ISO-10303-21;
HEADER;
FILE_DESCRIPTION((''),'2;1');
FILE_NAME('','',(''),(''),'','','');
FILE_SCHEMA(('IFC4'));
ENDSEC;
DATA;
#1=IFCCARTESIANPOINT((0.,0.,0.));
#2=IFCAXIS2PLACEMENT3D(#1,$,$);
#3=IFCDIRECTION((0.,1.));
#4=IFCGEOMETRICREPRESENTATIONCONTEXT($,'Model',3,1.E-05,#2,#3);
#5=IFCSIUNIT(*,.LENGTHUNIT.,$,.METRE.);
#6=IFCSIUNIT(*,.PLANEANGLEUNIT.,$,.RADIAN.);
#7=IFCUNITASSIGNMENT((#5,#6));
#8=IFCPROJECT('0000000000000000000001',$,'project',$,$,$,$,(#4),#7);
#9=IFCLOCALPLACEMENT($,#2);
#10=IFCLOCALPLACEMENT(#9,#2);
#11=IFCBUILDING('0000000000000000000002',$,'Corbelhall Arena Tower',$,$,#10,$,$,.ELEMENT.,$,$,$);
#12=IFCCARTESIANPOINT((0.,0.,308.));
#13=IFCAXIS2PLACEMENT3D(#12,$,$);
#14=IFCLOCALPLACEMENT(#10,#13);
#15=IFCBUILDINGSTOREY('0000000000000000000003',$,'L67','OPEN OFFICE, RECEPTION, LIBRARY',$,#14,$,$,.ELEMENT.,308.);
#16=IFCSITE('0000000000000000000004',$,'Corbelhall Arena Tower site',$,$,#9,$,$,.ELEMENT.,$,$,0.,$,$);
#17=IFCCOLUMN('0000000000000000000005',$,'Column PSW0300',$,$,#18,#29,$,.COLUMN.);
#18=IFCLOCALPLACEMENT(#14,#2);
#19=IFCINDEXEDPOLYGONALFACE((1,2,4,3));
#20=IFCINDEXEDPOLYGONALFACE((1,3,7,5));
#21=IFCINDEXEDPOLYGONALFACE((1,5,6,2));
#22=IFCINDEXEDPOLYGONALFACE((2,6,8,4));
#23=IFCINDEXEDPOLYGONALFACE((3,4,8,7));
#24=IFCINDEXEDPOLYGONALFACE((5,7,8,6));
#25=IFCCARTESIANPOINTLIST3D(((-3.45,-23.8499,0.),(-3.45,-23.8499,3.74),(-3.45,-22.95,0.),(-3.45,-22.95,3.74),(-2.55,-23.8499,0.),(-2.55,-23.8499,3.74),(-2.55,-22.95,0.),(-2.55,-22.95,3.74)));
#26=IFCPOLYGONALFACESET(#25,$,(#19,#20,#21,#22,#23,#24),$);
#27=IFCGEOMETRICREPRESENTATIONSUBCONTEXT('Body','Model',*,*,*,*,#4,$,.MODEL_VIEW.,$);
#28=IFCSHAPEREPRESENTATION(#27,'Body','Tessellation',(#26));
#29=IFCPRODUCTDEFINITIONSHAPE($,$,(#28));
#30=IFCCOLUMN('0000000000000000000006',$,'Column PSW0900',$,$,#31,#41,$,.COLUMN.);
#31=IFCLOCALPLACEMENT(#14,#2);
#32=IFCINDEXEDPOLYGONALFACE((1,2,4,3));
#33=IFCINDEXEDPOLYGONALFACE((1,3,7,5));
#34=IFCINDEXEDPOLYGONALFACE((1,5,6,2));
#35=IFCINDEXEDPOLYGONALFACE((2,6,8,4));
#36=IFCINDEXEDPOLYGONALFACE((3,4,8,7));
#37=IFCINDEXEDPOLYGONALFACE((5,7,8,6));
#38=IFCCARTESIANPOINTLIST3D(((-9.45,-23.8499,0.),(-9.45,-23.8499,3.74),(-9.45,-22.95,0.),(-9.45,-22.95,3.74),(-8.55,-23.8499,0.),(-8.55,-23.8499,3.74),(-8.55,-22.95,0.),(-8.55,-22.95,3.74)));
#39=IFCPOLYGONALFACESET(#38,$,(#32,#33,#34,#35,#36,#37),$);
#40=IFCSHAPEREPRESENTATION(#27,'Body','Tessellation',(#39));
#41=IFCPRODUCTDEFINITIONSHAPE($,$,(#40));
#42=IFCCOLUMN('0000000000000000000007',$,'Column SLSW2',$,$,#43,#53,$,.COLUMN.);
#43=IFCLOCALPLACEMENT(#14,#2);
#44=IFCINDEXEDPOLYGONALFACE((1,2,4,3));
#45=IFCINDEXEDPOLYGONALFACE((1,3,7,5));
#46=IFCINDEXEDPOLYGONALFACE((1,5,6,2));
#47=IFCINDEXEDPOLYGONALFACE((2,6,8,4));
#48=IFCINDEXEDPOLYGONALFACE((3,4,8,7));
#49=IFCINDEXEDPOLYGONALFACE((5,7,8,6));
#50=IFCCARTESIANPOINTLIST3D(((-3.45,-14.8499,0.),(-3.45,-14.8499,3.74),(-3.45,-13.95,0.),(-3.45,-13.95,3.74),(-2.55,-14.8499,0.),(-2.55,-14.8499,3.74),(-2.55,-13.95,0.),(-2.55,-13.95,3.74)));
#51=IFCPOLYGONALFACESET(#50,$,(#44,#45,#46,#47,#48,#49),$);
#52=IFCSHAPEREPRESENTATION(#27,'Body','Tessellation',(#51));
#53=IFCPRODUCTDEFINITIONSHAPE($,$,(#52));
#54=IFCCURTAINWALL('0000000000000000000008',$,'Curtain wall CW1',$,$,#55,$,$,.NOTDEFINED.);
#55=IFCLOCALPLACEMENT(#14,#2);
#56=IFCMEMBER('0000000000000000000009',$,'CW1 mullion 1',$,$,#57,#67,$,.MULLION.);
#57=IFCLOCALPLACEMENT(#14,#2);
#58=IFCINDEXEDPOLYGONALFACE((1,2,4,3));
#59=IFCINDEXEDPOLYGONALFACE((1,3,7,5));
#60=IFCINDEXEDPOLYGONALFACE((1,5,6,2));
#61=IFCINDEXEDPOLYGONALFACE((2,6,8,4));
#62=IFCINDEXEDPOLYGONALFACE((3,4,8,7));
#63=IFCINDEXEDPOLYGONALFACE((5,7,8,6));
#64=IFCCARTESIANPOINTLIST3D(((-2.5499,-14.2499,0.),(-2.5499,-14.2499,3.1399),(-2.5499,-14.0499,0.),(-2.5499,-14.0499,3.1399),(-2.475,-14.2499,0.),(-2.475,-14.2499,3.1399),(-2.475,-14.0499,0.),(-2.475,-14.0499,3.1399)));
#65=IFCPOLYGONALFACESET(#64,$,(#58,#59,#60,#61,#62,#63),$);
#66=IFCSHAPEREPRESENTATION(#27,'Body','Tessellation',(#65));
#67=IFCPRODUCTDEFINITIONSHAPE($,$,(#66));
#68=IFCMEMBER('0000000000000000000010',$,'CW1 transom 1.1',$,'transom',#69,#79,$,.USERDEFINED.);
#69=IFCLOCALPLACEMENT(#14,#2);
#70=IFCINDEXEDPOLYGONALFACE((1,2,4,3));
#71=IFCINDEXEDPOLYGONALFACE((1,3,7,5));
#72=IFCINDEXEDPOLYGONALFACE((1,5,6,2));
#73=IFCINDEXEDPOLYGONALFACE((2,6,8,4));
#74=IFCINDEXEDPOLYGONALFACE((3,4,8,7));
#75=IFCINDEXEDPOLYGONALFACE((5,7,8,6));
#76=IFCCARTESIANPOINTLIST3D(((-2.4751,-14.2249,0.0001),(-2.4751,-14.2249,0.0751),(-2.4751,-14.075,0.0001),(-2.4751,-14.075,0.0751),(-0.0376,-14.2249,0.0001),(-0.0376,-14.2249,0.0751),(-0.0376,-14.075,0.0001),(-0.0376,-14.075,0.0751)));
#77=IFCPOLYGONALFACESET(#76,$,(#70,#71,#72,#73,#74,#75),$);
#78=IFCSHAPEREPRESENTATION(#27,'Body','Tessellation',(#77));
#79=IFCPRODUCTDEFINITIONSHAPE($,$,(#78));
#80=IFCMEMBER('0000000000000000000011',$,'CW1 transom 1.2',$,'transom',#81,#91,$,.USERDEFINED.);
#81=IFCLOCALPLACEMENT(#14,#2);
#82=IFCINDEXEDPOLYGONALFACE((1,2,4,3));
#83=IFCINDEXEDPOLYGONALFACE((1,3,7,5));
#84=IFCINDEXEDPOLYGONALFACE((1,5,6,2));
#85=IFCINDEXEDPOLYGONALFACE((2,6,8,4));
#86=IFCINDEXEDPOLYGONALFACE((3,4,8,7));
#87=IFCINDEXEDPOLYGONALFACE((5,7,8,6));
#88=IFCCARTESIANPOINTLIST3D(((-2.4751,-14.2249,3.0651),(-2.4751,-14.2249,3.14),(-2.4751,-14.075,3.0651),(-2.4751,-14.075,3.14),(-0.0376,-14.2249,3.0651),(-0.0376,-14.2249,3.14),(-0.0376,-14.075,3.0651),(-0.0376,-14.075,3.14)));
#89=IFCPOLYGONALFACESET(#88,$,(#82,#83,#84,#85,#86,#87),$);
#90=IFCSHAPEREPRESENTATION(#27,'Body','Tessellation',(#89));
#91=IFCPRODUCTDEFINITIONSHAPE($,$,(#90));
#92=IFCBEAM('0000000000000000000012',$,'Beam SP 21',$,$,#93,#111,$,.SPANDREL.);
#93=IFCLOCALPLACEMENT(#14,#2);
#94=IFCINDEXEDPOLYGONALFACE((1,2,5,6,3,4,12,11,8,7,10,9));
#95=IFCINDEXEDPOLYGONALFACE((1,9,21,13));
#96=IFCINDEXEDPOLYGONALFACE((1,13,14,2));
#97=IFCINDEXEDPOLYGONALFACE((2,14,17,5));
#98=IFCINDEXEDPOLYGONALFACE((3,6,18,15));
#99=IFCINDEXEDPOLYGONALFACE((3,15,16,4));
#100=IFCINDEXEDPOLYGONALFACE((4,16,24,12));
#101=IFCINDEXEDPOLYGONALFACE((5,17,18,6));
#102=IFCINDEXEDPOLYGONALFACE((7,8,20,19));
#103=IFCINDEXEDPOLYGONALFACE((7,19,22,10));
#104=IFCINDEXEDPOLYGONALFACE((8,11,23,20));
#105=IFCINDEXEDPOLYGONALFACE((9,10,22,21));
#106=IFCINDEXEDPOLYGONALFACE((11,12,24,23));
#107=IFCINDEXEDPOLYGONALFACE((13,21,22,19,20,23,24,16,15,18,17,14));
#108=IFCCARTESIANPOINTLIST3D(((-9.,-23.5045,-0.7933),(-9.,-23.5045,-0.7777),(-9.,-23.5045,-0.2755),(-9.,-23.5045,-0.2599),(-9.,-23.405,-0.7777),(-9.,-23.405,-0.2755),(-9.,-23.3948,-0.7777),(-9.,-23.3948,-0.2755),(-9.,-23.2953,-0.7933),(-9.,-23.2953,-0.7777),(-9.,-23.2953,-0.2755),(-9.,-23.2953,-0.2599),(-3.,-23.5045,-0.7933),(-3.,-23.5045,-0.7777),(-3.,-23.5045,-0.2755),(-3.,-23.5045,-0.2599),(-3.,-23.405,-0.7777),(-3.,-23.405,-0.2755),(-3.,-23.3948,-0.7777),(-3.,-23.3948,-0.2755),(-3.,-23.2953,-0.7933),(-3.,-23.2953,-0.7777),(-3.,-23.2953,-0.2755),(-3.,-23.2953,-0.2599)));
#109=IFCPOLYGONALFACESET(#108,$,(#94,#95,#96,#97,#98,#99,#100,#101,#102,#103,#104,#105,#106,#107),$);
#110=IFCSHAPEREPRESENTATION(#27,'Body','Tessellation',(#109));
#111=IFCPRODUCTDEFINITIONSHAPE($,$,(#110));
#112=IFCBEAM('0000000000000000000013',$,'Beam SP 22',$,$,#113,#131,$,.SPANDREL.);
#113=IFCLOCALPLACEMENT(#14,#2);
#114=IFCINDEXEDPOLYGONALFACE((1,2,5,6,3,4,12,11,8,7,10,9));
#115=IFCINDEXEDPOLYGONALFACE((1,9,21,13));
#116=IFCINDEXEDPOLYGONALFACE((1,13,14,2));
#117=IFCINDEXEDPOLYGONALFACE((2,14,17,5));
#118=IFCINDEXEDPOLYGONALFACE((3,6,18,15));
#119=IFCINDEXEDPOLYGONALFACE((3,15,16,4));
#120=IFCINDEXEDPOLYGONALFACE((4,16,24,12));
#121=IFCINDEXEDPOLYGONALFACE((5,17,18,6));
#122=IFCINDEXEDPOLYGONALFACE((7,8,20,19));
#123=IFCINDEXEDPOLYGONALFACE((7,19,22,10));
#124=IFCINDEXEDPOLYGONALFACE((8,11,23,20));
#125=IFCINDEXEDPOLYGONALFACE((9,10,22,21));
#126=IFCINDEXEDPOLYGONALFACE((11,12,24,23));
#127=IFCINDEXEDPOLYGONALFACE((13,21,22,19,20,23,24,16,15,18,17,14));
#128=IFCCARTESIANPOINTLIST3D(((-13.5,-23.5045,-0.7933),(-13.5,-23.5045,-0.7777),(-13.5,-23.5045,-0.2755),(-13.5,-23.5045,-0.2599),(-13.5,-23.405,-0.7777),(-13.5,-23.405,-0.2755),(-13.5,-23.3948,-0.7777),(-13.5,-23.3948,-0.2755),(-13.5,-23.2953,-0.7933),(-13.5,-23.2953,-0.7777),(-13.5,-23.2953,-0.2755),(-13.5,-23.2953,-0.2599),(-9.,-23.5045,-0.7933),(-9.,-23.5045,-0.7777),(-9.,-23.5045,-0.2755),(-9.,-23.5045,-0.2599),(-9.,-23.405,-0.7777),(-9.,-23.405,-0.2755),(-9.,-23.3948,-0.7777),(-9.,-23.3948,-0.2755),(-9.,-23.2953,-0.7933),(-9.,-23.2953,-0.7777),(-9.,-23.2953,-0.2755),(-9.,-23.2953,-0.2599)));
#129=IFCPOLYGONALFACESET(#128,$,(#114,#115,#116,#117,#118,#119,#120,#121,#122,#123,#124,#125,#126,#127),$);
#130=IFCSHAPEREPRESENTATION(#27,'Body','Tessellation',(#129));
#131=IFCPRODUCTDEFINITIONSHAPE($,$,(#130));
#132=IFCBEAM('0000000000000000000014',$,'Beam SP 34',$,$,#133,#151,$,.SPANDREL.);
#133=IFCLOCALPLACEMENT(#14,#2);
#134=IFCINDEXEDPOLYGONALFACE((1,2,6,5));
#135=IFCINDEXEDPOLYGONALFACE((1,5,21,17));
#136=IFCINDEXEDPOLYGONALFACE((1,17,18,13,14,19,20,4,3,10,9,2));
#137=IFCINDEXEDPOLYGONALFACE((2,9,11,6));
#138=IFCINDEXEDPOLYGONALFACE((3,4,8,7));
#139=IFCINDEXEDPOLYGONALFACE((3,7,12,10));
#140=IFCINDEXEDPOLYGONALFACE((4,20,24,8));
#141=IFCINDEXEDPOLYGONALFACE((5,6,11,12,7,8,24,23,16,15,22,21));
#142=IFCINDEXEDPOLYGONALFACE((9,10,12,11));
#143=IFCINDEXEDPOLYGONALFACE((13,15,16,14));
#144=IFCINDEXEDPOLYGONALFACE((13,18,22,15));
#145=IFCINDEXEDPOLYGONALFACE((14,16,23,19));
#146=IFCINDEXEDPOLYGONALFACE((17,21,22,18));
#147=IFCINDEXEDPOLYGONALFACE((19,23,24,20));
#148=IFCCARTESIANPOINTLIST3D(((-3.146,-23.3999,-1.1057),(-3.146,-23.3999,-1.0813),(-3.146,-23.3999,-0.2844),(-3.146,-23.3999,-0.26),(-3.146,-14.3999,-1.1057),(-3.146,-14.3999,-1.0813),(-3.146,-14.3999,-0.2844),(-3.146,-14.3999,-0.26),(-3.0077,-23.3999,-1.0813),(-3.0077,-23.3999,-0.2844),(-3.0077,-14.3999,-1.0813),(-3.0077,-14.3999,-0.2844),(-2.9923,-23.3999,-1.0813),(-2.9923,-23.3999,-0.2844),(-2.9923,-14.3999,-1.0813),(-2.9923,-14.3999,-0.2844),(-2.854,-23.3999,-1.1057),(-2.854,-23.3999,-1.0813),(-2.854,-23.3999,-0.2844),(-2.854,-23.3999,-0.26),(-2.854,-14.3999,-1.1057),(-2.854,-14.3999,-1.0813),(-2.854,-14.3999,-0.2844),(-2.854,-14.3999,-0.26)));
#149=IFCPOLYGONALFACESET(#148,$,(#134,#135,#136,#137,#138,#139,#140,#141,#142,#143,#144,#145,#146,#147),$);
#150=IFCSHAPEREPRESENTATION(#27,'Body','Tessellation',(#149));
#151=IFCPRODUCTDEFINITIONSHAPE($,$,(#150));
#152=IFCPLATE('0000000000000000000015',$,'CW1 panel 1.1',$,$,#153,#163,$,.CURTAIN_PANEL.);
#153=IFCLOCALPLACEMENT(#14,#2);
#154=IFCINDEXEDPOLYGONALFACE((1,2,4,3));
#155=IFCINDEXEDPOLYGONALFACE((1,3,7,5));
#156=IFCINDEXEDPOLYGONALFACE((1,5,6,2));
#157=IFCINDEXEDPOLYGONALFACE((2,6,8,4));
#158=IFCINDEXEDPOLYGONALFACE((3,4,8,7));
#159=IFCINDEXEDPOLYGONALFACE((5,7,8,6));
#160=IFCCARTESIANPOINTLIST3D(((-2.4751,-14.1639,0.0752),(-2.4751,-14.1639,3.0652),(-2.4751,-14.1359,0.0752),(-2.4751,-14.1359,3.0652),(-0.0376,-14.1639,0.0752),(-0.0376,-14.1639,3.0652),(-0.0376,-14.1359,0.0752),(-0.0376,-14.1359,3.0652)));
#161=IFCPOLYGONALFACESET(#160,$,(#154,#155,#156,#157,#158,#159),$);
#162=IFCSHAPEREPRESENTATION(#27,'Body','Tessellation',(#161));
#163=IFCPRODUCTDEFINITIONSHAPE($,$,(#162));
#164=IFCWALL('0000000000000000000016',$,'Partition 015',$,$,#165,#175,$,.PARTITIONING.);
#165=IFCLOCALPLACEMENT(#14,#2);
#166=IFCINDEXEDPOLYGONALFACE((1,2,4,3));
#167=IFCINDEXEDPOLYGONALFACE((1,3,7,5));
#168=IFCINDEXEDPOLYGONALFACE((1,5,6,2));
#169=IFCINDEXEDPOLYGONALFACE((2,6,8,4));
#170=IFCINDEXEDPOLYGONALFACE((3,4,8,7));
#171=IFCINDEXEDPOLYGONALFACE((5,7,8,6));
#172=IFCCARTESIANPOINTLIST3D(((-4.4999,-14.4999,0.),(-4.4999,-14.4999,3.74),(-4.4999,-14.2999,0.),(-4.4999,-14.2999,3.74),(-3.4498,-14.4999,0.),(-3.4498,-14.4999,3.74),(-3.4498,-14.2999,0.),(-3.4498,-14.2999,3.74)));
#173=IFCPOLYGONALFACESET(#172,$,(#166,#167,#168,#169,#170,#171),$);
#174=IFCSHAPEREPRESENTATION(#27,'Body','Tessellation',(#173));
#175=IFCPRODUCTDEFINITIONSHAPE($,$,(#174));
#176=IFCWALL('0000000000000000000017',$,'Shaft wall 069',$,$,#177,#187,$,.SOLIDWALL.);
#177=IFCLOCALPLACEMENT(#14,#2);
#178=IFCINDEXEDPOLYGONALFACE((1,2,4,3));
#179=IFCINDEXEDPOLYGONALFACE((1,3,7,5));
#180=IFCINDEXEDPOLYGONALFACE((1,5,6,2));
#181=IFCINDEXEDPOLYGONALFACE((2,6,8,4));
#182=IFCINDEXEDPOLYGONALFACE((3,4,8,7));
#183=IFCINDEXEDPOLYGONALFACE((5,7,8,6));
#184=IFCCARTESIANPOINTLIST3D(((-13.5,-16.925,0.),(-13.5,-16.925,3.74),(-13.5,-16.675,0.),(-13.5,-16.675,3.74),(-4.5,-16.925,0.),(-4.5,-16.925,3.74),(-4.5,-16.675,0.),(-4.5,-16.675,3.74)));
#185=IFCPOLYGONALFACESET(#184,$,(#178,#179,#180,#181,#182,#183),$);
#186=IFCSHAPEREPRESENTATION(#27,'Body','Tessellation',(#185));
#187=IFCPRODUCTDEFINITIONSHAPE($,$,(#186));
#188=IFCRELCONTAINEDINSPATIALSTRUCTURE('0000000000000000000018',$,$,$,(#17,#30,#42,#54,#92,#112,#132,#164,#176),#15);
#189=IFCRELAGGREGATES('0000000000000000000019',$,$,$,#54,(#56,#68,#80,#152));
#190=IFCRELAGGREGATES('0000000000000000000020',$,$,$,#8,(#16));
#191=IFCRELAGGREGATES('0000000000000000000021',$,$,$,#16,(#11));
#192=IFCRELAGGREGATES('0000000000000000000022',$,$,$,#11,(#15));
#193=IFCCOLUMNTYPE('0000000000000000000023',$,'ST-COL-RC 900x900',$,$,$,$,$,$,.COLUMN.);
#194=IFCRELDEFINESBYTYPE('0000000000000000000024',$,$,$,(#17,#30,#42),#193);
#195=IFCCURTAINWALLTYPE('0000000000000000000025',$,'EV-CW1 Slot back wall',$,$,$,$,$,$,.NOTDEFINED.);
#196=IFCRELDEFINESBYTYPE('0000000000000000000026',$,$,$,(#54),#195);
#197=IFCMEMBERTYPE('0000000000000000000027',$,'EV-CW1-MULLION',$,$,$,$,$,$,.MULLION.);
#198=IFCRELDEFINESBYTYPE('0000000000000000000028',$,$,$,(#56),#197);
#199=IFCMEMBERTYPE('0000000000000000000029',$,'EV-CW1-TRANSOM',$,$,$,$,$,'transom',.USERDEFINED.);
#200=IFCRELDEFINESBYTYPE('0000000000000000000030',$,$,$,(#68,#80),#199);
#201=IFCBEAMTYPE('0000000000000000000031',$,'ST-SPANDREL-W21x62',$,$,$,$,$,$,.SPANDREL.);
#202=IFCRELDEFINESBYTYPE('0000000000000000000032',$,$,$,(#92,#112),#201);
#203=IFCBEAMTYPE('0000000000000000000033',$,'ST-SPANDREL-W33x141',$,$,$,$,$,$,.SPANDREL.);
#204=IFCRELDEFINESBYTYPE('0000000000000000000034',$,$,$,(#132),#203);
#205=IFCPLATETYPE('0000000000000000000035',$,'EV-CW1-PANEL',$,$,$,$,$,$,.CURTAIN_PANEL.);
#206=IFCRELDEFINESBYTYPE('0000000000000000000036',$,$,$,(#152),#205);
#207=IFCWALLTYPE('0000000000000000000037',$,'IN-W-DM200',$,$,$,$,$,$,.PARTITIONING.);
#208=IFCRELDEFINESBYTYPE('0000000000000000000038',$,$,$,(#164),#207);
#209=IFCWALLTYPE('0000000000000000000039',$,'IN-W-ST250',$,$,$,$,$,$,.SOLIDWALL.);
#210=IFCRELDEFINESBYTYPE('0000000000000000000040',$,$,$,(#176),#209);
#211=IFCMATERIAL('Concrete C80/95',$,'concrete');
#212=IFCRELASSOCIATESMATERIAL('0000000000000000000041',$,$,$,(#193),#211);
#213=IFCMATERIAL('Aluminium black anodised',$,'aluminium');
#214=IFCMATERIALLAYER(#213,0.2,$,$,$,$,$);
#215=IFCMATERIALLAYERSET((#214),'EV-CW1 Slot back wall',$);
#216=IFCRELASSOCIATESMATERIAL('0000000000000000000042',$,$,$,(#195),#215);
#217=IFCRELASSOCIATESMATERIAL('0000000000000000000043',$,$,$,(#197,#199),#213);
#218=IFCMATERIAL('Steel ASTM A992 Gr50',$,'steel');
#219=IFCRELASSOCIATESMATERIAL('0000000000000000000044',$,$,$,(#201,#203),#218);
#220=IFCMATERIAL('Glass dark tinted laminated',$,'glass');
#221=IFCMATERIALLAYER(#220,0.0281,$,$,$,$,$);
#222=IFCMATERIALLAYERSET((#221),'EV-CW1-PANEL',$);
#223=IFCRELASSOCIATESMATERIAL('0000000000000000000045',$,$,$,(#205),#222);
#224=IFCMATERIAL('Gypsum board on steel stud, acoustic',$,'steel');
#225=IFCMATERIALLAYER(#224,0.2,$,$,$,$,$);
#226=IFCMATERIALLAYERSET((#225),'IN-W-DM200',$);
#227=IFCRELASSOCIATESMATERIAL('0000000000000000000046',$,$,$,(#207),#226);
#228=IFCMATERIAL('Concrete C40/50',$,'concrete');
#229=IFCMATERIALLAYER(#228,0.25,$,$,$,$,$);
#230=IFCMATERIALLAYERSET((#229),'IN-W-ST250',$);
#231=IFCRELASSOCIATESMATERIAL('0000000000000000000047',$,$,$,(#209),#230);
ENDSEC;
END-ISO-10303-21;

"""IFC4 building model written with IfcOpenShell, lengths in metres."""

from ifc_helpers import new_model, si_unit, direction, frame, frame_2d, origin, origin_2d, place, context, subcontext, project, spatial, rectangle, i_section, extrude, material, layer, layer_set, material_profile, profile_set, type_object, element, aggregate, save


model = new_model("IFC4")

# Units and contexts
model_context = context("Model", 3, precision=1e-05, world=origin(), true_north=direction((0.0, 1.0)))
body_context = subcontext(model_context, "Body", "Model", "MODEL_VIEW")
ifc_project = project(units=[si_unit("LENGTHUNIT", "METRE"), si_unit("PLANEANGLEUNIT", "RADIAN")], contexts=[model_context])

# Site, building, storey
site_placement = place(None, origin())
site = spatial("IfcSite", under=ifc_project, at=site_placement, Name="Corbelhall Arena Tower site", CompositionType="ELEMENT", RefElevation=0.0)
building_placement = place(site_placement, origin())
building = spatial("IfcBuilding", under=site, at=building_placement, Name="Corbelhall Arena Tower", CompositionType="ELEMENT")
storey_placement = place(building_placement, frame((0.0, 0.0, 308.0)))
storey = spatial("IfcBuildingStorey", under=building, at=storey_placement, Name="L67", Description="OPEN OFFICE, RECEPTION, LIBRARY", CompositionType="ELEMENT", Elevation=308.0)

# Columns
ifc_material_1 = material(Name="Concrete C80/95", Category="concrete")
ifc_material_profile_1 = material_profile(ifc_material_1, rectangle(XDim=0.8999, YDim=0.8999, at=origin_2d()))
ifc_profile_set_1 = profile_set([ifc_material_profile_1], Name="Concrete C80/95")
column_type = type_object("IfcColumnType", Name="ST-COL-RC 900x900", PredefinedType="COLUMN", material=ifc_profile_set_1)
for number, where, z_axis, x_axis, name in (
    (1, (-3.0, -23.3999, 0.0), (0.0, 0.0, 1.0), (1.0, 0.0, 0.0), "Column PSW0300"),
    (2, (-9.0, -23.3999, 0.0), (0.0, 0.0, 1.0), (1.0, 0.0, 0.0), "Column PSW0900"),
    (3, (-3.0, -14.3999, 0.0), (0.0, 0.0, 1.0), (1.0, 0.0, 0.0), "Column SLSW2"),
):
    element("IfcColumn", number, at=place(storey_placement, frame(where, z_axis=z_axis, x_axis=x_axis)), inside=storey, type_object=column_type, Name=name, PredefinedType="COLUMN", context=body_context, shape_type="SweptSolid", body=[
        extrude(rectangle(XDim=0.8999, YDim=0.8999, at=origin_2d()), origin(), (0.0, 0.0, 1.0), 3.74),
    ])

# Curtain wall, members
ifc_material_2 = material(Name="Aluminium black anodised", Category="aluminium")
ifc_layer_1 = layer(ifc_material_2, 0.2)
ifc_layer_set_1 = layer_set([ifc_layer_1], Name="EV-CW1 Slot back wall")
curtain_wall_type = type_object("IfcCurtainWallType", Name="EV-CW1 Slot back wall", PredefinedType="NOTDEFINED", material=ifc_layer_set_1)
curtain_wall_placement = place(storey_placement, origin())
curtain_wall = element("IfcCurtainWall", 4, at=curtain_wall_placement, inside=storey, type_object=curtain_wall_type, Name="Curtain wall CW1", PredefinedType="NOTDEFINED")
ifc_material_profile_2 = material_profile(ifc_material_2, rectangle(XDim=0.2, YDim=0.075, at=origin_2d()))
ifc_profile_set_2 = profile_set([ifc_material_profile_2], Name="Aluminium black anodised")
member_type_1 = type_object("IfcMemberType", Name="EV-CW1-MULLION", PredefinedType="MULLION", material=ifc_profile_set_2)
member_1_placement = place(storey_placement, frame((-2.5125, -14.1499, 0.0), z_axis=(0.0, 0.0, 1.0), x_axis=(0.0, 1.0, 0.0)))
member_1 = element("IfcMember", 5, at=member_1_placement, type_object=member_type_1, Name="CW1 mullion 1", PredefinedType="MULLION", context=body_context, shape_type="SweptSolid", body=[
    extrude(rectangle(XDim=0.2, YDim=0.075, at=origin_2d()), origin(), (0.0, 0.0, 1.0), 3.1399),
])
ifc_material_profile_3 = material_profile(ifc_material_2, rectangle(XDim=0.1499, YDim=0.075, at=origin_2d()))
ifc_profile_set_3 = profile_set([ifc_material_profile_3], Name="Aluminium black anodised")
member_type_2 = type_object("IfcMemberType", Name="EV-CW1-TRANSOM", ElementType="transom", PredefinedType="USERDEFINED", material=ifc_profile_set_3)
member_2_placement = place(storey_placement, frame((-2.4751, -14.1499, 0.0376), z_axis=(1.0, 0.0, 0.0), x_axis=(0.0, 1.0, 0.0)))
member_2 = element("IfcMember", 6, at=member_2_placement, type_object=member_type_2, Name="CW1 transom 1.1", ObjectType="transom", PredefinedType="USERDEFINED", context=body_context, shape_type="SweptSolid", body=[
    extrude(rectangle(XDim=0.1499, YDim=0.075, at=origin_2d()), origin(), (0.0, 0.0, 1.0), 2.4375),
])
member_3_placement = place(storey_placement, frame((-2.4751, -14.1499, 3.1025), z_axis=(1.0, 0.0, 0.0), x_axis=(0.0, 1.0, 0.0)))
member_3 = element("IfcMember", 7, at=member_3_placement, type_object=member_type_2, Name="CW1 transom 1.2", ObjectType="transom", PredefinedType="USERDEFINED", context=body_context, shape_type="SweptSolid", body=[
    extrude(rectangle(XDim=0.1499, YDim=0.075, at=origin_2d()), origin(), (0.0, 0.0, 1.0), 2.4375),
])

# Beams
ifc_material_3 = material(Name="Steel ASTM A992 Gr50", Category="steel")
ifc_material_profile_4 = material_profile(ifc_material_3, i_section(OverallWidth=0.2092, OverallDepth=0.5334, WebThickness=0.0103, FlangeThickness=0.0156, at=origin_2d()))
ifc_profile_set_4 = profile_set([ifc_material_profile_4], Name="Steel ASTM A992 Gr50")
beam_type_1 = type_object("IfcBeamType", Name="ST-SPANDREL-W21x62", PredefinedType="SPANDREL", material=ifc_profile_set_4)
beam_1_placement = place(storey_placement, frame((-3.0, -23.3999, -0.5266), z_axis=(-1.0, 0.0, 0.0), x_axis=(0.0, -1.0, 0.0)))
element("IfcBeam", 8, at=beam_1_placement, inside=storey, type_object=beam_type_1, Name="Beam SP 21", PredefinedType="SPANDREL", context=body_context, shape_type="SweptSolid", body=[
    extrude(i_section(OverallWidth=0.2092, OverallDepth=0.5334, WebThickness=0.0103, FlangeThickness=0.0156, at=origin_2d()), origin(), (0.0, 0.0, 1.0), 6.0),
])
beam_2_placement = place(storey_placement, frame((-9.0, -23.3999, -0.5266), z_axis=(-1.0, 0.0, 0.0), x_axis=(0.0, -1.0, 0.0)))
element("IfcBeam", 9, at=beam_2_placement, inside=storey, type_object=beam_type_1, Name="Beam SP 22", PredefinedType="SPANDREL", context=body_context, shape_type="SweptSolid", body=[
    extrude(i_section(OverallWidth=0.2092, OverallDepth=0.5334, WebThickness=0.0103, FlangeThickness=0.0156, at=origin_2d()), origin(), (0.0, 0.0, 1.0), 4.5),
])
ifc_material_profile_5 = material_profile(ifc_material_3, i_section(OverallWidth=0.292, OverallDepth=0.8457, WebThickness=0.0154, FlangeThickness=0.0244, at=origin_2d()))
ifc_profile_set_5 = profile_set([ifc_material_profile_5], Name="Steel ASTM A992 Gr50")
beam_type_2 = type_object("IfcBeamType", Name="ST-SPANDREL-W33x141", PredefinedType="SPANDREL", material=ifc_profile_set_5)
beam_3_placement = place(storey_placement, frame((-3.0, -14.3999, -0.6829), z_axis=(0.0, -1.0, 0.0), x_axis=(1.0, 0.0, 0.0)))
element("IfcBeam", 10, at=beam_3_placement, inside=storey, type_object=beam_type_2, Name="Beam SP 34", PredefinedType="SPANDREL", context=body_context, shape_type="SweptSolid", body=[
    extrude(i_section(OverallWidth=0.292, OverallDepth=0.8457, WebThickness=0.0154, FlangeThickness=0.0244, at=origin_2d()), origin(), (0.0, 0.0, 1.0), 9.0),
])

# Plate
ifc_material_4 = material(Name="Glass dark tinted laminated", Category="glass")
ifc_layer_2 = layer(ifc_material_4, 0.0281)
ifc_layer_set_2 = layer_set([ifc_layer_2], Name="EV-CW1-PANEL")
plate_type = type_object("IfcPlateType", Name="EV-CW1-PANEL", PredefinedType="CURTAIN_PANEL", material=ifc_layer_set_2)
plate_placement = place(storey_placement, frame((-1.2563, -14.1499, 0.0752), z_axis=(0.0, 0.0, 1.0), x_axis=(1.0, 0.0, 0.0)))
plate = element("IfcPlate", 11, at=plate_placement, type_object=plate_type, Name="CW1 panel 1.1", PredefinedType="CURTAIN_PANEL", context=body_context, shape_type="SweptSolid", body=[
    extrude(rectangle(XDim=2.4375, YDim=0.0281, at=origin_2d()), origin(), (0.0, 0.0, 1.0), 2.99),
])
aggregate(curtain_wall, [member_1, member_2, member_3, plate])

# Shared definitions
ifc_material_5 = material(Name="Gypsum board on steel stud, acoustic", Category="steel")
ifc_layer_3 = layer(ifc_material_5, 0.2)
ifc_layer_set_3 = layer_set([ifc_layer_3], Name="IN-W-DM200")
wall_type_1 = type_object("IfcWallType", Name="IN-W-DM200", PredefinedType="PARTITIONING", material=ifc_layer_set_3)

# Walls
wall_1_placement = place(storey_placement, frame((-3.45, -14.3999, 0.0), z_axis=(0.0, 0.0, 1.0), x_axis=(-1.0, 0.0, 0.0)))
element("IfcWall", 12, at=wall_1_placement, inside=storey, type_object=wall_type_1, Name="Partition 015", PredefinedType="PARTITIONING", context=body_context, shape_type="SweptSolid", body=[
    extrude(rectangle(XDim=1.05, YDim=0.2, at=frame_2d((0.5249, 0.0))), origin(), (0.0, 0.0, 1.0), 3.74),
])
ifc_material_6 = material(Name="Concrete C40/50", Category="concrete")
ifc_layer_4 = layer(ifc_material_6, 0.25)
ifc_layer_set_4 = layer_set([ifc_layer_4], Name="IN-W-ST250")
wall_type_2 = type_object("IfcWallType", Name="IN-W-ST250", PredefinedType="SOLIDWALL", material=ifc_layer_set_4)
wall_2_placement = place(storey_placement, frame((-4.5, -16.8, 0.0), z_axis=(0.0, 0.0, 1.0), x_axis=(-1.0, 0.0, 0.0)))
element("IfcWall", 13, at=wall_2_placement, inside=storey, type_object=wall_type_2, Name="Shaft wall 069", PredefinedType="SOLIDWALL", context=body_context, shape_type="SweptSolid", body=[
    extrude(rectangle(XDim=9.0, YDim=0.25, at=frame_2d((4.5, 0.0))), origin(), (0.0, 0.0, 1.0), 3.74),
])

save(model, "model.ifc")
